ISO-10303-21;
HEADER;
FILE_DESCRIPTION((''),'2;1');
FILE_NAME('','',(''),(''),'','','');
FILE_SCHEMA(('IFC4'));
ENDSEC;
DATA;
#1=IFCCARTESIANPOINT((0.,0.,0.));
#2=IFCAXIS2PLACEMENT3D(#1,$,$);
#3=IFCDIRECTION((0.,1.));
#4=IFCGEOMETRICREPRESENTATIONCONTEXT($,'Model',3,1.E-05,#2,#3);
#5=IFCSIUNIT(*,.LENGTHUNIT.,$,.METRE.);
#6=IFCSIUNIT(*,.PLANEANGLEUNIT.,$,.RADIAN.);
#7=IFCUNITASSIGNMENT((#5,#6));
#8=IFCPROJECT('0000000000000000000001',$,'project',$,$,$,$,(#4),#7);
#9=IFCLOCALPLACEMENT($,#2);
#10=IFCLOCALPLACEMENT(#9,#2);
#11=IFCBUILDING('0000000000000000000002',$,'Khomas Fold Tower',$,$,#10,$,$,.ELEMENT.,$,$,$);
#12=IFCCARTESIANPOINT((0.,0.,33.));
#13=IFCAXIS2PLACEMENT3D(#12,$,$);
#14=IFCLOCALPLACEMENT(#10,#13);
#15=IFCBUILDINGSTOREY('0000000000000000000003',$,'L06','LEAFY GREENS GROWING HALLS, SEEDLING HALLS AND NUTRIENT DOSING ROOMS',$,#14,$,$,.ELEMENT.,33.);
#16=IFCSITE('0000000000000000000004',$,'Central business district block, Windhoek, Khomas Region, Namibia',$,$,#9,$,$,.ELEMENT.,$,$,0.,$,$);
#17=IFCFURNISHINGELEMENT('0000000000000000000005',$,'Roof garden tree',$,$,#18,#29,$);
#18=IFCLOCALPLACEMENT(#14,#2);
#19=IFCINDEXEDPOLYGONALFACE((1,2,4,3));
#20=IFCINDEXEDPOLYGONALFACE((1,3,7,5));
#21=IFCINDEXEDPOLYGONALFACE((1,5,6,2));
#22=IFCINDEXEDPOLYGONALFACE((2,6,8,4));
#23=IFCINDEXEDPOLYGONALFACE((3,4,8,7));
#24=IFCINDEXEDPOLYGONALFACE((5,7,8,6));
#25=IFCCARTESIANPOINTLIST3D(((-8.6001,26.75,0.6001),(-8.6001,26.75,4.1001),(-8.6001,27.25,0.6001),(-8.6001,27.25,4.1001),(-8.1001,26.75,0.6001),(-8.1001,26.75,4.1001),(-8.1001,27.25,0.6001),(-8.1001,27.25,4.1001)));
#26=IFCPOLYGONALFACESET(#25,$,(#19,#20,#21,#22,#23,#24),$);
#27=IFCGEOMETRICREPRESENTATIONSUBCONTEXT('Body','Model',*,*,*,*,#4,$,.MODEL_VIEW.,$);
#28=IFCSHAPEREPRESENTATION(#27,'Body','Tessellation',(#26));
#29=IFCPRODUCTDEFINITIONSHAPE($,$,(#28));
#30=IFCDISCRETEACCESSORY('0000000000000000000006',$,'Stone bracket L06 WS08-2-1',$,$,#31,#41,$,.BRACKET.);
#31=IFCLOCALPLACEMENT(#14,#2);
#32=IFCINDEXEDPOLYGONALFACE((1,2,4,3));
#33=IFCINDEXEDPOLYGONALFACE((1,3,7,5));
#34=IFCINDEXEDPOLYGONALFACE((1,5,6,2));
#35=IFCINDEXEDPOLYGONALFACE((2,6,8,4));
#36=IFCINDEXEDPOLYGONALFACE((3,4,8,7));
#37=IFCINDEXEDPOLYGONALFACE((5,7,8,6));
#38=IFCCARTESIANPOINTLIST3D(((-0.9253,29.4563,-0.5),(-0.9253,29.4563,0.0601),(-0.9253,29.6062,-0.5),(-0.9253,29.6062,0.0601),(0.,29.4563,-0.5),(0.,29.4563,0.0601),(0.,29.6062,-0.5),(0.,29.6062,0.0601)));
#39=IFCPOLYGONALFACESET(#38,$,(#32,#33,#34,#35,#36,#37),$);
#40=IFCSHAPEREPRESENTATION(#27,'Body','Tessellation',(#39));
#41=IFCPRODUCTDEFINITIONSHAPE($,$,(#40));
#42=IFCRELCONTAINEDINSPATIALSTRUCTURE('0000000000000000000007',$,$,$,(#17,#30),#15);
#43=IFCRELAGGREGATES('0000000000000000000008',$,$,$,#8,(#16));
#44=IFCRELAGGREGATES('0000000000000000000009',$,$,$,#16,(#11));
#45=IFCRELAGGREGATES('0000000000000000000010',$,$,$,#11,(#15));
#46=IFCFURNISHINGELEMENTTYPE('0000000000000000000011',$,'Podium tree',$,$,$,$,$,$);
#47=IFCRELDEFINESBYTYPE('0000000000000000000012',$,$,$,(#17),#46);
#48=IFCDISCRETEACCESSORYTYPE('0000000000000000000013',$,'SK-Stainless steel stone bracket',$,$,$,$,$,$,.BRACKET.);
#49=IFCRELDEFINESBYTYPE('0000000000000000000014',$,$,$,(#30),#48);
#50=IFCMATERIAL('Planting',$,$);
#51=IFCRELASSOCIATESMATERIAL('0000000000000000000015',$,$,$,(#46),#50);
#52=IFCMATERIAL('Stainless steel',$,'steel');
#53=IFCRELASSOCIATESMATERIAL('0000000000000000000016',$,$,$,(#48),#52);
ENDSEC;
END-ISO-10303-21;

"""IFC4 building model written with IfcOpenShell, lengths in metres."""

from ifc_helpers import new_model, si_unit, direction, frame, origin, origin_2d, place, context, subcontext, project, spatial, rectangle, extrude, source, transform, mapped, material, type_object, element, save


model = new_model("IFC4")

# Units and contexts
model_context = context("Model", 3, precision=1e-05, world=origin(), true_north=direction((0.0, 1.0)))
body_context = subcontext(model_context, "Body", "Model", "MODEL_VIEW")
ifc_project = project(units=[si_unit("LENGTHUNIT", "METRE"), si_unit("PLANEANGLEUNIT", "RADIAN")], contexts=[model_context])

# Site, building, storey
site_placement = place(None, origin())
site = spatial("IfcSite", under=ifc_project, at=site_placement, Name="Central business district block, Windhoek, Khomas Region, Namibia", CompositionType="ELEMENT", RefElevation=0.0)
building_placement = place(site_placement, origin())
building = spatial("IfcBuilding", under=site, at=building_placement, Name="Khomas Fold Tower", CompositionType="ELEMENT")
storey_placement = place(building_placement, frame((0.0, 0.0, 33.0)))
storey = spatial("IfcBuildingStorey", under=building, at=storey_placement, Name="L06", Description="LEAFY GREENS GROWING HALLS, SEEDLING HALLS AND NUTRIENT DOSING ROOMS", CompositionType="ELEMENT", Elevation=33.0)

# Furnishing element
ifc_material_1 = material(Name="Planting")
furnishing_element_type_1 = type_object("IfcFurnishingElementType", Name="Podium tree", material=ifc_material_1)
shared_shape_1 = source(origin(), body_context, "Body", "SweptSolid", [
    extrude(rectangle(XDim=0.5, YDim=0.5, at=origin_2d()), origin(), (0.0, 0.0, 1.0), 3.5),
])
furnishing_1_placement = place(storey_placement, frame((-8.3501, 27.0, 0.6001), z_axis=(0.0, 0.0, 1.0), x_axis=(1.0, 0.0, 0.0)))
element("IfcFurnishingElement", 1, at=furnishing_1_placement, inside=storey, type_object=furnishing_element_type_1, Name="Roof garden tree", context=body_context, shape_type="MappedRepresentation", body=[
    mapped(shared_shape_1, transform((0.0, 0.0, 0.0))),
])

# Discrete accessory
ifc_material_2 = material(Name="Stainless steel", Category="steel")
discrete_accessory_type = type_object("IfcDiscreteAccessoryType", Name="SK-Stainless steel stone bracket", PredefinedType="BRACKET", material=ifc_material_2)
shared_shape_2 = source(origin(), body_context, "Body", "SweptSolid", [
    extrude(rectangle(XDim=0.9253, YDim=0.1499, at=origin_2d()), origin(), (0.0, 0.0, 1.0), 0.5601),
])
discrete_accessory_placement = place(storey_placement, frame((-0.4626, 29.5312, -0.5), z_axis=(0.0, 0.0, 1.0), x_axis=(-1.0, 0.0, 0.0)))
element("IfcDiscreteAccessory", 2, at=discrete_accessory_placement, inside=storey, type_object=discrete_accessory_type, Name="Stone bracket L06 WS08-2-1", PredefinedType="BRACKET", context=body_context, shape_type="MappedRepresentation", body=[
    mapped(shared_shape_2, transform((0.0, 0.0, 0.0))),
])

save(model, "model.ifc")
